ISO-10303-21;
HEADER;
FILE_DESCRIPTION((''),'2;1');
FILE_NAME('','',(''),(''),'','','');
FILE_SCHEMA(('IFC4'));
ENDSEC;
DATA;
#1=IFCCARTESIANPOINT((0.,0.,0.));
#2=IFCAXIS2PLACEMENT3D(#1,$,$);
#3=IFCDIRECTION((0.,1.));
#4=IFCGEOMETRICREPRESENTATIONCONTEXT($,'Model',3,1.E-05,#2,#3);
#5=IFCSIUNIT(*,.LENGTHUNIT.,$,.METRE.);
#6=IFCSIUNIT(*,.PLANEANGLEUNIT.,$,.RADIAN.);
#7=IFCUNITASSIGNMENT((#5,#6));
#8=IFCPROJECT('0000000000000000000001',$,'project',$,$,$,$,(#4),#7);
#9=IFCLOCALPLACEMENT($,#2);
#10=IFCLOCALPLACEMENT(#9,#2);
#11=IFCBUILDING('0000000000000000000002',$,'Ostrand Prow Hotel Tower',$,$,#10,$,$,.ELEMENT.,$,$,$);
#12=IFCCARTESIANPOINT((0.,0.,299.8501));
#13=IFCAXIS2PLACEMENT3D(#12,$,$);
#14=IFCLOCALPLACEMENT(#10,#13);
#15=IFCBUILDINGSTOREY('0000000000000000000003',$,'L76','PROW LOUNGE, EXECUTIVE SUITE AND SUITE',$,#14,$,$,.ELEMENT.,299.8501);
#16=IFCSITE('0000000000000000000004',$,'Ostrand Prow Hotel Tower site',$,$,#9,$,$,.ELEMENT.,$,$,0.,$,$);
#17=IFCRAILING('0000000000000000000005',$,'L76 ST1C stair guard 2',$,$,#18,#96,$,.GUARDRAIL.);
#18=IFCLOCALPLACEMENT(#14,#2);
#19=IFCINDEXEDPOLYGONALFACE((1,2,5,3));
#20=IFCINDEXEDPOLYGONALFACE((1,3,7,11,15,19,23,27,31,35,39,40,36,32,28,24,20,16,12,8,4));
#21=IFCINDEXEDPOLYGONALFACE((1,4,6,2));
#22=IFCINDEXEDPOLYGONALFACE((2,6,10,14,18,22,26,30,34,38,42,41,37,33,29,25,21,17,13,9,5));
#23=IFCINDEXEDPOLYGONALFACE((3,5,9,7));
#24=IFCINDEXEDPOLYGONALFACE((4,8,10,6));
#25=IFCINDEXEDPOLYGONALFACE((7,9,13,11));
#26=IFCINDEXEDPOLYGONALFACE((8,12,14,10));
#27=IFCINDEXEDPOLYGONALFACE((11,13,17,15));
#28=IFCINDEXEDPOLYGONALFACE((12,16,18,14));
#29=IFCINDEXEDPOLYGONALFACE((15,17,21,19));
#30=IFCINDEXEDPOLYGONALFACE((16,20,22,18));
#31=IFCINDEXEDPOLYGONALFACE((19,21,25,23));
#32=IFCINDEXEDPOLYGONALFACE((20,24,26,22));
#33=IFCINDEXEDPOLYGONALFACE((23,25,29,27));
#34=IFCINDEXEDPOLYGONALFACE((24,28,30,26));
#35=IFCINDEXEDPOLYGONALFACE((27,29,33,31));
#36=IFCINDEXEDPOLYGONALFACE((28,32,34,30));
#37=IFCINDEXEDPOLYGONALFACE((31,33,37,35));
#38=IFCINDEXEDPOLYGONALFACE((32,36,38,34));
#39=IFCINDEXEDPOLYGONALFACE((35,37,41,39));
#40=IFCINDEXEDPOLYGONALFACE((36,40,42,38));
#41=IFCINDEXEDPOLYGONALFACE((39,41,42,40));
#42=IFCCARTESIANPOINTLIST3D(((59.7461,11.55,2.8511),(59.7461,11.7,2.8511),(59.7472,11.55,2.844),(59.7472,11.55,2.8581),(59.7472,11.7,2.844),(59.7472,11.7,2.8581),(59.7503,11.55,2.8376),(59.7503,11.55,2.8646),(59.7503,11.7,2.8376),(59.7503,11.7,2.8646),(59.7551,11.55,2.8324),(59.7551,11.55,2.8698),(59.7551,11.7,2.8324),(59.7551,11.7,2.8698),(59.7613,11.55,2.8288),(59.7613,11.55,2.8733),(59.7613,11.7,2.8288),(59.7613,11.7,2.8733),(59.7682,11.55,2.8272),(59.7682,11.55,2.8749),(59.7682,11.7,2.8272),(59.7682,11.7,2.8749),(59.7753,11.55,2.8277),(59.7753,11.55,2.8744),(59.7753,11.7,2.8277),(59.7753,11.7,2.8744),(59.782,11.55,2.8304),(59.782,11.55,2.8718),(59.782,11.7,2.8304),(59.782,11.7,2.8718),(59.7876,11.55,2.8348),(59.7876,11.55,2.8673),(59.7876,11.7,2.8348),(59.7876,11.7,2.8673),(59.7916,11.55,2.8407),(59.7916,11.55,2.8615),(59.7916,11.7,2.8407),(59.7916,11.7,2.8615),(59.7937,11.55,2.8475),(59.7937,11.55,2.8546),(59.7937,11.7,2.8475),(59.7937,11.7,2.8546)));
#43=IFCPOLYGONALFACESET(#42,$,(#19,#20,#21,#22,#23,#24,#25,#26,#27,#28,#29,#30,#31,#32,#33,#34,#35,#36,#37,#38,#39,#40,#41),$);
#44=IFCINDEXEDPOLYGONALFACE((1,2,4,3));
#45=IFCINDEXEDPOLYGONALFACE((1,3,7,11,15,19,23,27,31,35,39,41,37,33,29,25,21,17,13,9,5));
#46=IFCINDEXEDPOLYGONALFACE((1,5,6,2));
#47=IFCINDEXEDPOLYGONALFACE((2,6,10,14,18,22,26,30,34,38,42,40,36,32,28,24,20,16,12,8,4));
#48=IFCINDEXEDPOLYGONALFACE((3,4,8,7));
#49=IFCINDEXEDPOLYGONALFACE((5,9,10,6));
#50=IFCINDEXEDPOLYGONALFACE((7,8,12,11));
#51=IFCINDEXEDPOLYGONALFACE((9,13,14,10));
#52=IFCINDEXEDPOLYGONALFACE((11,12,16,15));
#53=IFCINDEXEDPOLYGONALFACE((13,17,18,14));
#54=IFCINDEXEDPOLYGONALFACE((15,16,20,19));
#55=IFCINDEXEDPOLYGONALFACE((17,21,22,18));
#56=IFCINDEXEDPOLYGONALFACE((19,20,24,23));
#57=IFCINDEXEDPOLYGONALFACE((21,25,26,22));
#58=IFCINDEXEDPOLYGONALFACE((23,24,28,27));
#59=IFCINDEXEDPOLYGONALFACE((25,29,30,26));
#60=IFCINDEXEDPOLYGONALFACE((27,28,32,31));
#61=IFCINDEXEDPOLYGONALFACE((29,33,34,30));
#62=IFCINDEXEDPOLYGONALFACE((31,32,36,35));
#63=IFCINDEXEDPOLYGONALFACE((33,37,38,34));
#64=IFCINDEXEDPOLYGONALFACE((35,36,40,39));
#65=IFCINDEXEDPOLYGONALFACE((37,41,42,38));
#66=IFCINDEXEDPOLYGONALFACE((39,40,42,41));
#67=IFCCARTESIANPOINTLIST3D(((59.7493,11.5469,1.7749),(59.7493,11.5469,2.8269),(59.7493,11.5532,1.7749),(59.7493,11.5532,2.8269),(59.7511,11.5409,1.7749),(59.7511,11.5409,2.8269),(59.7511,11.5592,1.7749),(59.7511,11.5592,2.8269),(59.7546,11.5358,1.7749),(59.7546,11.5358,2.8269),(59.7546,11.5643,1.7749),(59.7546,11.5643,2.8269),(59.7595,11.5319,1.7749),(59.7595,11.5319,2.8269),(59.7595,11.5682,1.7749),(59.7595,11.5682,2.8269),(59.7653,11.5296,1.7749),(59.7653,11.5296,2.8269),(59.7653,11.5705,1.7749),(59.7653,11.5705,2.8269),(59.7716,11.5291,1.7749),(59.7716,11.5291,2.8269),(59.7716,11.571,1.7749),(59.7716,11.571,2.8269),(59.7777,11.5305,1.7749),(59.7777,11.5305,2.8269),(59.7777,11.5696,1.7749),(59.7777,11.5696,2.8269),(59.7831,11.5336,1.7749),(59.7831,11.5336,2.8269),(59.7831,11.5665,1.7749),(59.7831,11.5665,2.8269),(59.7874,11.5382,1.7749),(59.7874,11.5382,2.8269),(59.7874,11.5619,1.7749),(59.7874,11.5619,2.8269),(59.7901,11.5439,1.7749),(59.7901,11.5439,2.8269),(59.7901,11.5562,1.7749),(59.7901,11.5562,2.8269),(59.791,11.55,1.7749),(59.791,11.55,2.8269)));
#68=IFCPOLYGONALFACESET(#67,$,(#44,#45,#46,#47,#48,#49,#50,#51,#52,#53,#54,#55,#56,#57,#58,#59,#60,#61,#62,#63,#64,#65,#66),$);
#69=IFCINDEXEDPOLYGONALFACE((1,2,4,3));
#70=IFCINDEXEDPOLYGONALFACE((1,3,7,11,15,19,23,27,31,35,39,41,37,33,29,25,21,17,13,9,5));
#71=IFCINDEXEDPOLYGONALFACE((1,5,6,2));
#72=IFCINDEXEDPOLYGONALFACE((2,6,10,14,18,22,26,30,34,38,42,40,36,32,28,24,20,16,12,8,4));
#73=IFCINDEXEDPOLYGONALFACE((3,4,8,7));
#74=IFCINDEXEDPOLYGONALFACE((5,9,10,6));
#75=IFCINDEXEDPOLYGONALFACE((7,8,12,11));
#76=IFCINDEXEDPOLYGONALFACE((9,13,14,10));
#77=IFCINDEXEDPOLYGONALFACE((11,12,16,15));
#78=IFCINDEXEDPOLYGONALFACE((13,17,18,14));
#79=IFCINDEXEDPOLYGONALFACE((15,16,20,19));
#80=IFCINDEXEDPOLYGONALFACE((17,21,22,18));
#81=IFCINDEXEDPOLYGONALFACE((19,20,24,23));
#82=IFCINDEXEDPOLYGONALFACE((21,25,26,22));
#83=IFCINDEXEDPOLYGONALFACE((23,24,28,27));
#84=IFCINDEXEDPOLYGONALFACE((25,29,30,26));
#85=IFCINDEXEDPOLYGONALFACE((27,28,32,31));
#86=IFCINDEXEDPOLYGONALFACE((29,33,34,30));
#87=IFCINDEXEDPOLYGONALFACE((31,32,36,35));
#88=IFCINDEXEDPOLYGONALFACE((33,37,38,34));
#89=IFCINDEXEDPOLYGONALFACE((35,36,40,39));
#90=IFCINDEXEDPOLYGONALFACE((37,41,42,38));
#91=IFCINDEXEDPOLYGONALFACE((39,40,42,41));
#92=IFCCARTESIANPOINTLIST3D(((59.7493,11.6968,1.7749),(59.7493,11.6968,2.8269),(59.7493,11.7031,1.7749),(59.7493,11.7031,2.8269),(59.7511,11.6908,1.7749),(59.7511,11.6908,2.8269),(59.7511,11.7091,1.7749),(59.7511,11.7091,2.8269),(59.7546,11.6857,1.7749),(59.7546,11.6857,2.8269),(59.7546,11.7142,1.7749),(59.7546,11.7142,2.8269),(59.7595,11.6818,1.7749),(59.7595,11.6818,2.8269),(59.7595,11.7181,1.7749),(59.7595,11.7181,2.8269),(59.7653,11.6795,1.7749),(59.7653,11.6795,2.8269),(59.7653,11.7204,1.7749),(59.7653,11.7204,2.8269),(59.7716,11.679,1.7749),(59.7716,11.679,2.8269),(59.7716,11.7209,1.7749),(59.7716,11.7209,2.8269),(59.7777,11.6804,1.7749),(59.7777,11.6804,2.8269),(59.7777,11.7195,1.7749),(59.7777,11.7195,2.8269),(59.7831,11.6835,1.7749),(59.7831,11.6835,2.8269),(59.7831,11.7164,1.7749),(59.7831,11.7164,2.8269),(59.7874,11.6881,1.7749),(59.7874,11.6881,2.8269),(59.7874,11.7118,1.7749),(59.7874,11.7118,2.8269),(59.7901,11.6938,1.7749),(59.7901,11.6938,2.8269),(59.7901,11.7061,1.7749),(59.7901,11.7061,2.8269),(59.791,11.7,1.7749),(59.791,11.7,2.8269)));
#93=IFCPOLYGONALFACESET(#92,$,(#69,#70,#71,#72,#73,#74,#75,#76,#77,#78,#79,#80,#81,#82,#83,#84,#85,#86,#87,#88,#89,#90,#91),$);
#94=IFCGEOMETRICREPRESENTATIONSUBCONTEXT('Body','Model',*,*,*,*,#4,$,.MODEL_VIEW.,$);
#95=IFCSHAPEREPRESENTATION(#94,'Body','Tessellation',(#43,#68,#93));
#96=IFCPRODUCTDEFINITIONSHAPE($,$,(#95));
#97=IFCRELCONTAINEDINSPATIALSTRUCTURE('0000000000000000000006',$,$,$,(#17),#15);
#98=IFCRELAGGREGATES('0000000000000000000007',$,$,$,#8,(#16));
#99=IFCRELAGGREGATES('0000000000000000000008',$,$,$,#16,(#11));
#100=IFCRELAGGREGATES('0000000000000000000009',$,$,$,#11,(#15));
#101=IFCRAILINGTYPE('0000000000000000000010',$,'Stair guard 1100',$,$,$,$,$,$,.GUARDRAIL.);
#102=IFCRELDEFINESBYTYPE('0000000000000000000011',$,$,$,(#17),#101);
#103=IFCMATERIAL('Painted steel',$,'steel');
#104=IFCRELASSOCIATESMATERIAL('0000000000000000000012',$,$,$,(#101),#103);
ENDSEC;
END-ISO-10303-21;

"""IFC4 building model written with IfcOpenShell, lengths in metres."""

from ifc_helpers import new_model, si_unit, direction, frame, origin, origin_2d, place, context, subcontext, project, spatial, circle, extrude, material, type_object, element, save


model = new_model("IFC4")

# Units and contexts
model_context = context("Model", 3, precision=1e-05, world=origin(), true_north=direction((0.0, 1.0)))
body_context = subcontext(model_context, "Body", "Model", "MODEL_VIEW")
ifc_project = project(units=[si_unit("LENGTHUNIT", "METRE"), si_unit("PLANEANGLEUNIT", "RADIAN")], contexts=[model_context])

# Site, building, storey
site_placement = place(None, origin())
site = spatial("IfcSite", under=ifc_project, at=site_placement, Name="Ostrand Prow Hotel Tower site", CompositionType="ELEMENT", RefElevation=0.0)
building_placement = place(site_placement, origin())
building = spatial("IfcBuilding", under=site, at=building_placement, Name="Ostrand Prow Hotel Tower", CompositionType="ELEMENT")
storey_placement = place(building_placement, frame((0.0, 0.0, 299.8501)))
storey = spatial("IfcBuildingStorey", under=building, at=storey_placement, Name="L76", Description="PROW LOUNGE, EXECUTIVE SUITE AND SUITE", CompositionType="ELEMENT", Elevation=299.8501)

# Railing
ifc_material_1 = material(Name="Painted steel", Category="steel")
railing_type_1 = type_object("IfcRailingType", Name="Stair guard 1100", PredefinedType="GUARDRAIL", material=ifc_material_1)
railing_1_placement = place(storey_placement, frame((59.77, 11.55, 1.7749)))
element("IfcRailing", 1, at=railing_1_placement, inside=storey, type_object=railing_type_1, Name="L76 ST1C stair guard 2", PredefinedType="GUARDRAIL", context=body_context, shape_type="SweptSolid", body=[
    extrude(circle(Radius=0.0239, at=origin_2d()), frame((0.0, 0.0, 1.0762), z_axis=(0.0, 1.0, 0.0), x_axis=(-1.0, 0.0, 0.0)), (0.0, 0.0, 1.0), 0.1499),
    extrude(circle(Radius=0.021, at=origin_2d()), origin(), (0.0, 0.0, 1.0), 1.052),
    extrude(circle(Radius=0.021, at=origin_2d()), frame((0.0, 0.1499, 0.0)), (0.0, 0.0, 1.0), 1.052),
])

save(model, "model.ifc")
